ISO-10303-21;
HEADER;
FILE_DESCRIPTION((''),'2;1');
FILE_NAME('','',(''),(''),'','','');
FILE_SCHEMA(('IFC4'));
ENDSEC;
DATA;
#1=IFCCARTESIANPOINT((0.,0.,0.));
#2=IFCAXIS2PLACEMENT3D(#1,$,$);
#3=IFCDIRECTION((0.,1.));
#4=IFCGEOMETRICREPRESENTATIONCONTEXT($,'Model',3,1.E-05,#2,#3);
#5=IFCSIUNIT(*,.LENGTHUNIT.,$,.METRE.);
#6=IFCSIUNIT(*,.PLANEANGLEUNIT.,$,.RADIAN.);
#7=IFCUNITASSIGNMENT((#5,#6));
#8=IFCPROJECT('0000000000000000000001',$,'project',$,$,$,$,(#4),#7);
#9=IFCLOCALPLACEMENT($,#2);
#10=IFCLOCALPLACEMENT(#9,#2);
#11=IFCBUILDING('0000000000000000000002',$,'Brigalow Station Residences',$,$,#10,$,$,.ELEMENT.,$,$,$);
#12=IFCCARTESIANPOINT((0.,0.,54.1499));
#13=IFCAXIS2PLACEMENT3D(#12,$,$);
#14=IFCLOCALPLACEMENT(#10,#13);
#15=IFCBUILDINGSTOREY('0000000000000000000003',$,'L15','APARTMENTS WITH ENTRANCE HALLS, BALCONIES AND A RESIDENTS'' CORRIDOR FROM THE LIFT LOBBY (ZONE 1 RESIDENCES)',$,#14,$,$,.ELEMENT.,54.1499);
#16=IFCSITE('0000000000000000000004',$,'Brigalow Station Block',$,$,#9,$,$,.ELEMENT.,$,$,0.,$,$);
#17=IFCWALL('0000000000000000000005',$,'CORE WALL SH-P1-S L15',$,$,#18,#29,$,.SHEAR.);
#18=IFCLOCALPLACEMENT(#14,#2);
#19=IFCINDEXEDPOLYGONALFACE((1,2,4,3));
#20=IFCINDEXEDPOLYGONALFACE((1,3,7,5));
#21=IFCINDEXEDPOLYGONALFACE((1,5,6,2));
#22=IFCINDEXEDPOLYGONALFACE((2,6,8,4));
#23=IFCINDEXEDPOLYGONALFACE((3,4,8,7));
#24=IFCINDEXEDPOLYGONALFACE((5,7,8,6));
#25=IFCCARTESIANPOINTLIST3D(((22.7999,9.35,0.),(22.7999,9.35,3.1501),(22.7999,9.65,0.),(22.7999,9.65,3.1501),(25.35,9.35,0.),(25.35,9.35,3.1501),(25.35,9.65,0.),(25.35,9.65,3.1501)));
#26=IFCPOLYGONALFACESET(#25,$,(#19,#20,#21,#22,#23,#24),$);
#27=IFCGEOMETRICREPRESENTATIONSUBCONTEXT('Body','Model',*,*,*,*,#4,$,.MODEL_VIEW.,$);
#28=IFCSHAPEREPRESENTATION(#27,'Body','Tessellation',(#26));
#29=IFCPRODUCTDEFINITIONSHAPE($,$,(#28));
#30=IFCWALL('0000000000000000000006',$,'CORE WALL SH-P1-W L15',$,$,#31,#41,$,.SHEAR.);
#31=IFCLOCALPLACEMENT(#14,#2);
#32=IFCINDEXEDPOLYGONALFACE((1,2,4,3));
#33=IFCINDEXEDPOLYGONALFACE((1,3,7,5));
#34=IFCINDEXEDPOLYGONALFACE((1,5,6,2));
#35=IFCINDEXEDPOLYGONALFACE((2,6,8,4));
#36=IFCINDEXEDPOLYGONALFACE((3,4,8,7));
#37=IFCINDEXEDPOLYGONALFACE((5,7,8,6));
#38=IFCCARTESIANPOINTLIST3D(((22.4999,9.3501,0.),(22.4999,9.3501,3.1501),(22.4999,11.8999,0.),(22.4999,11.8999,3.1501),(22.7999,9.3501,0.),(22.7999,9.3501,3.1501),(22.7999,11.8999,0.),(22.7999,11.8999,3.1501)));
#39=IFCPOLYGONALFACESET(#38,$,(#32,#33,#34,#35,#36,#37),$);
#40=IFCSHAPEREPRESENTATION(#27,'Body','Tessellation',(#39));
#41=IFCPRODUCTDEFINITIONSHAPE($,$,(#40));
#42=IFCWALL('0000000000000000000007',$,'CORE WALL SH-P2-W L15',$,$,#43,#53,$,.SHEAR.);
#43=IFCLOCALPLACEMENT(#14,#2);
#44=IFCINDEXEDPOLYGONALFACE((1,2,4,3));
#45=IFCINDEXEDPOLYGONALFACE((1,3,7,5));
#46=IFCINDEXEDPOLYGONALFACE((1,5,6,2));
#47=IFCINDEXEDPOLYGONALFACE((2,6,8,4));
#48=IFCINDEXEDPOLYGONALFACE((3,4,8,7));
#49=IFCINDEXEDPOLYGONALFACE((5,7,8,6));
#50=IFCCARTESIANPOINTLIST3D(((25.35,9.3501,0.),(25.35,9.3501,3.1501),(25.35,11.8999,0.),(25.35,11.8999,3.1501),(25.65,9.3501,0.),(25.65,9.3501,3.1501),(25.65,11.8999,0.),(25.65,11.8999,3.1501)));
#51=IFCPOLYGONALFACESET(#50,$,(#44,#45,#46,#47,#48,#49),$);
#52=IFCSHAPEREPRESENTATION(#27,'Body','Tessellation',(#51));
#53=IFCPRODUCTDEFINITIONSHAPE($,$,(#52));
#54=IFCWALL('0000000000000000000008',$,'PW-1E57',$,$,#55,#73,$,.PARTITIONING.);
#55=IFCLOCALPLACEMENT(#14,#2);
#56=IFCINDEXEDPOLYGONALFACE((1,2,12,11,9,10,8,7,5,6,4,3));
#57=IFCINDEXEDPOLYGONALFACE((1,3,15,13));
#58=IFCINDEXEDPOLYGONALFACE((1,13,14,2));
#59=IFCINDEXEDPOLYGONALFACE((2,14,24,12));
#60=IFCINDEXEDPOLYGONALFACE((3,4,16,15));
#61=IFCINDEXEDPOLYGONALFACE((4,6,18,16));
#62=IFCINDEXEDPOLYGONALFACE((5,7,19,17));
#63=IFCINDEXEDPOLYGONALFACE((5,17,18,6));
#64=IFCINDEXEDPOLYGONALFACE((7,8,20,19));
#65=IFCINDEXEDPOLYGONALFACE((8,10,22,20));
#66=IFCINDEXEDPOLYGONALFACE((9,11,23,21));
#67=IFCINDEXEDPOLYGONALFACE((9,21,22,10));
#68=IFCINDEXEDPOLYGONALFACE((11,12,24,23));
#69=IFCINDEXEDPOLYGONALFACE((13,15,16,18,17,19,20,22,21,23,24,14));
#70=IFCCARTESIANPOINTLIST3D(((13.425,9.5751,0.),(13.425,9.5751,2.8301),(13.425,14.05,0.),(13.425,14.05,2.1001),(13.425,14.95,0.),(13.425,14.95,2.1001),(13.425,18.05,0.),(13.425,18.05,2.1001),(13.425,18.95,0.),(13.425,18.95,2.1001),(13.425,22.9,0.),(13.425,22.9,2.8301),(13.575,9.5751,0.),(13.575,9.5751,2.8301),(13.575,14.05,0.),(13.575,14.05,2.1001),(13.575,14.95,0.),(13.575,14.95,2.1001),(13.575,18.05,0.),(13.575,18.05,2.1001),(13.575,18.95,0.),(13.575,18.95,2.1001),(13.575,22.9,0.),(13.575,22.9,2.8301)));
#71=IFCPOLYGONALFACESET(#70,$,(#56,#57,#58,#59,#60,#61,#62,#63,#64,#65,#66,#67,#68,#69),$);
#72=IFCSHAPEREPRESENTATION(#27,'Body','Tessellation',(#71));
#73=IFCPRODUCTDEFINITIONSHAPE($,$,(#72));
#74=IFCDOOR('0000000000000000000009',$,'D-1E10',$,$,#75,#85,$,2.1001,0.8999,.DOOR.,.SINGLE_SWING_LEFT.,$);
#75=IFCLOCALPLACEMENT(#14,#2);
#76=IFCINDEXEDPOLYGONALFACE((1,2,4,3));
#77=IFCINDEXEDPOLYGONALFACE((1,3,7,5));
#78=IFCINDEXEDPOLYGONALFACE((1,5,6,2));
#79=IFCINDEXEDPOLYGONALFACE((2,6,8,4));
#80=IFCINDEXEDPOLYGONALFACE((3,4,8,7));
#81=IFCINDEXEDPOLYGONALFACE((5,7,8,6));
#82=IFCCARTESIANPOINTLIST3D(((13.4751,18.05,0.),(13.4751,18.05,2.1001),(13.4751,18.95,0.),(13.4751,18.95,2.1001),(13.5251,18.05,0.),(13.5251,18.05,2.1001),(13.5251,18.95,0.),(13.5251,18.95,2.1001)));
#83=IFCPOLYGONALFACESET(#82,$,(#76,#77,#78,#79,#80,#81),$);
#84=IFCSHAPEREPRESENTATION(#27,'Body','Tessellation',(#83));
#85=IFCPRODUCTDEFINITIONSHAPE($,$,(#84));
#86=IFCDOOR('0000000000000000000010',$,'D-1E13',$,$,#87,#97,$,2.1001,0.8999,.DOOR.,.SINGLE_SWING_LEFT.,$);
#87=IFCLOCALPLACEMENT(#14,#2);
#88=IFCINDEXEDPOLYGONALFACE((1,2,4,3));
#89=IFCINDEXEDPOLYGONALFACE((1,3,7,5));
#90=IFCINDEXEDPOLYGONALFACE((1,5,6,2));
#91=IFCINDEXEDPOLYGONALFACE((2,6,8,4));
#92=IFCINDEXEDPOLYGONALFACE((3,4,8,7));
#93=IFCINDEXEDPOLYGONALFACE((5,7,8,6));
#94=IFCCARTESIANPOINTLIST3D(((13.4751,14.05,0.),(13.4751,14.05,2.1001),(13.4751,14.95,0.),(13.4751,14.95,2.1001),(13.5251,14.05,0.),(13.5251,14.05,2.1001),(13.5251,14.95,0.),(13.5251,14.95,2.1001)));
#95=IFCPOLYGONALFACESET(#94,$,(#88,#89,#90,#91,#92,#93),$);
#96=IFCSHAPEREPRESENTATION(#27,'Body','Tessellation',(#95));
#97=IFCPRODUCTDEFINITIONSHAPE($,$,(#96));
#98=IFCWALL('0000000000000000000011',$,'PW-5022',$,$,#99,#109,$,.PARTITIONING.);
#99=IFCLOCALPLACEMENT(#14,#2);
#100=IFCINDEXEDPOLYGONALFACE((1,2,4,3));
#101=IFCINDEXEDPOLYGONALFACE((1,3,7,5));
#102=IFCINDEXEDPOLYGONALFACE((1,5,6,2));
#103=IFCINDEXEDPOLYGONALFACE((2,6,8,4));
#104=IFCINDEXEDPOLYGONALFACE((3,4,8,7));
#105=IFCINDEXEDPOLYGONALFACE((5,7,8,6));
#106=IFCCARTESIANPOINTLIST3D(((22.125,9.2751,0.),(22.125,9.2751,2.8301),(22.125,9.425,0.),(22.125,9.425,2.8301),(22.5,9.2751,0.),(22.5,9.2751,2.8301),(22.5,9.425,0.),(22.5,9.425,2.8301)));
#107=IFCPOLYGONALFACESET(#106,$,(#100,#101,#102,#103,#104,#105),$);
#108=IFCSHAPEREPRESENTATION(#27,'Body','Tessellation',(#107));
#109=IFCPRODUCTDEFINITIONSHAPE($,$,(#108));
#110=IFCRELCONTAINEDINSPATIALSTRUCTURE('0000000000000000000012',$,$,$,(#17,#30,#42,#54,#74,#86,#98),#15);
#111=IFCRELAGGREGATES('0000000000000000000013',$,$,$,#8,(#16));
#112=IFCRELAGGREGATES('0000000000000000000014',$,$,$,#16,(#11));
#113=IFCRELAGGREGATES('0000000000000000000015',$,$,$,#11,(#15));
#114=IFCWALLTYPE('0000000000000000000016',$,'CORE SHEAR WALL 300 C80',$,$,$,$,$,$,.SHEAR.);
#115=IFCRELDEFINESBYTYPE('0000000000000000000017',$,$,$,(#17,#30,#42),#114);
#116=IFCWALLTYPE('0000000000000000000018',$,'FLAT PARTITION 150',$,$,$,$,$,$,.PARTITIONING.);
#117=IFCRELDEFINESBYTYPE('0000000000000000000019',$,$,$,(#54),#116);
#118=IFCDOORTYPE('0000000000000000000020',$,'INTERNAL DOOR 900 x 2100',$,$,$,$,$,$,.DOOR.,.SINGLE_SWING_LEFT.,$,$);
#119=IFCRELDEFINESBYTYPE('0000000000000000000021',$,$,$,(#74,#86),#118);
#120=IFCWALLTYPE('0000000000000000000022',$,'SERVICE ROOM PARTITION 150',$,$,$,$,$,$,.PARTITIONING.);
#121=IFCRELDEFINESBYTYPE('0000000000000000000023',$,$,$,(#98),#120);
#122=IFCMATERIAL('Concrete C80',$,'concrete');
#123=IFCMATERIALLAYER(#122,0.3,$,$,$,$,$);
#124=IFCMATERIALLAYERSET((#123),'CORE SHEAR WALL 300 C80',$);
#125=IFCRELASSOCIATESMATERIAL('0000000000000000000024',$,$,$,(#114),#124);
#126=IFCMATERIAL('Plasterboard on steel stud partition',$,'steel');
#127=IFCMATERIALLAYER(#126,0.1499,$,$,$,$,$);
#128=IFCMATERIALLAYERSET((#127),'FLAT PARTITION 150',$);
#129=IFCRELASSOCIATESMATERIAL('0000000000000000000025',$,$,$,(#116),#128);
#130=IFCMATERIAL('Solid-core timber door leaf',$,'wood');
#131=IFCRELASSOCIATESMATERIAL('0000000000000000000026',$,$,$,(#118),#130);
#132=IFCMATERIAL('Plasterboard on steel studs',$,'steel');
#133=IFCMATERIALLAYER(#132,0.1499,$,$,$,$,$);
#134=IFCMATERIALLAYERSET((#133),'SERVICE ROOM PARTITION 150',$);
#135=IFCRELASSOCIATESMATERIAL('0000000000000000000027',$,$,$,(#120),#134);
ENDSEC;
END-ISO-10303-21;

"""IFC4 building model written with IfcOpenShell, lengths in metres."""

from ifc_helpers import new_model, si_unit, direction, frame, frame_2d, origin, place, context, subcontext, project, spatial, rectangle, extrude, material, layer, layer_set, type_object, element, fill, save


model = new_model("IFC4")

# Units and contexts
model_context = context("Model", 3, precision=1e-05, world=origin(), true_north=direction((0.0, 1.0)))
body_context = subcontext(model_context, "Body", "Model", "MODEL_VIEW")
ifc_project = project(units=[si_unit("LENGTHUNIT", "METRE"), si_unit("PLANEANGLEUNIT", "RADIAN")], contexts=[model_context])

# Site, building, storey
site_placement = place(None, origin())
site = spatial("IfcSite", under=ifc_project, at=site_placement, Name="Brigalow Station Block", CompositionType="ELEMENT", RefElevation=0.0)
building_placement = place(site_placement, origin())
building = spatial("IfcBuilding", under=site, at=building_placement, Name="Brigalow Station Residences", CompositionType="ELEMENT")
storey_placement = place(building_placement, frame((0.0, 0.0, 54.1499)))
storey = spatial("IfcBuildingStorey", under=building, at=storey_placement, Name="L15", Description="APARTMENTS WITH ENTRANCE HALLS, BALCONIES AND A RESIDENTS' CORRIDOR FROM THE LIFT LOBBY (ZONE 1 RESIDENCES)", CompositionType="ELEMENT", Elevation=54.1499)

# Walls
ifc_material_1 = material(Name="Concrete C80", Category="concrete")
ifc_layer_1 = layer(ifc_material_1, 0.3)
ifc_layer_set_1 = layer_set([ifc_layer_1], Name="CORE SHEAR WALL 300 C80")
wall_type_1 = type_object("IfcWallType", Name="CORE SHEAR WALL 300 C80", PredefinedType="SHEAR", material=ifc_layer_set_1)
wall_1_placement = place(storey_placement, frame((22.8, 9.5, 0.0), z_axis=(0.0, 0.0, 1.0), x_axis=(1.0, 0.0, 0.0)))
element("IfcWall", 1, at=wall_1_placement, inside=storey, type_object=wall_type_1, Name="CORE WALL SH-P1-S L15", PredefinedType="SHEAR", context=body_context, shape_type="SweptSolid", body=[
    extrude(rectangle(XDim=2.55, YDim=0.3, at=frame_2d((1.2749, 0.0))), origin(), (0.0, 0.0, 1.0), 3.1501),
])
for number, where, z_axis, x_axis, name in (
    (2, (22.6499, 9.3501, 0.0), (0.0, 0.0, 1.0), (0.0, 1.0, 0.0), "CORE WALL SH-P1-W L15"),
    (3, (25.5, 9.3501, 0.0), (0.0, 0.0, 1.0), (0.0, 1.0, 0.0), "CORE WALL SH-P2-W L15"),
):
    element("IfcWall", number, at=place(storey_placement, frame(where, z_axis=z_axis, x_axis=x_axis)), inside=storey, type_object=wall_type_1, Name=name, PredefinedType="SHEAR", context=body_context, shape_type="SweptSolid", body=[
        extrude(rectangle(XDim=2.5498, YDim=0.3, at=frame_2d((1.2749, 0.0))), origin(), (0.0, 0.0, 1.0), 3.1501),
    ])

# Wall, openings, doors
ifc_material_2 = material(Name="Plasterboard on steel stud partition", Category="steel")
ifc_layer_2 = layer(ifc_material_2, 0.1499)
ifc_layer_set_2 = layer_set([ifc_layer_2], Name="FLAT PARTITION 150")
wall_type_2 = type_object("IfcWallType", Name="FLAT PARTITION 150", PredefinedType="PARTITIONING", material=ifc_layer_set_2)
wall_2_placement = place(storey_placement, frame((13.5, 9.575, 0.0), z_axis=(0.0, 0.0, 1.0), x_axis=(0.0, 1.0, 0.0)))
wall_2 = element("IfcWall", 4, at=wall_2_placement, inside=storey, type_object=wall_type_2, Name="PW-1E57", PredefinedType="PARTITIONING", context=body_context, shape_type="SweptSolid", body=[
    extrude(rectangle(XDim=13.325, YDim=0.1499, at=frame_2d((6.6626, 0.0))), origin(), (0.0, 0.0, 1.0), 2.8301),
])
opening_1_placement = place(wall_2_placement, frame((8.4751, 0.0, 0.0)))
opening_1 = element("IfcOpeningElement", 5, at=opening_1_placement, cuts=wall_2, PredefinedType="OPENING", context=body_context, shape_type="SweptSolid", body=[
    extrude(rectangle(XDim=0.8999, YDim=2.1001, at=frame_2d((0.45, 1.05))), frame((0.0, 0.085, 0.0), z_axis=(0.0, -1.0, 0.0), x_axis=(1.0, 0.0, 0.0)), (0.0, 0.0, 1.0), 0.1699),
])
opening_2_placement = place(wall_2_placement, frame((4.4751, 0.0, 0.0)))
opening_2 = element("IfcOpeningElement", 6, at=opening_2_placement, cuts=wall_2, PredefinedType="OPENING", context=body_context, shape_type="SweptSolid", body=[
    extrude(rectangle(XDim=0.8999, YDim=2.1001, at=frame_2d((0.45, 1.05))), frame((0.0, 0.085, 0.0), z_axis=(0.0, -1.0, 0.0), x_axis=(1.0, 0.0, 0.0)), (0.0, 0.0, 1.0), 0.1699),
])
ifc_material_3 = material(Name="Solid-core timber door leaf", Category="wood")
door_type_1 = type_object("IfcDoorType", Name="INTERNAL DOOR 900 x 2100", OperationType="SINGLE_SWING_LEFT", PredefinedType="DOOR", material=ifc_material_3)
door_1_placement = place(opening_1_placement, origin())
door_1 = element("IfcDoor", 7, at=door_1_placement, inside=storey, type_object=door_type_1, Name="D-1E10", OperationType="SINGLE_SWING_LEFT", OverallHeight=2.1001, OverallWidth=0.8999, PredefinedType="DOOR", context=body_context, shape_type="SweptSolid", body=[
    extrude(rectangle(XDim=0.8999, YDim=2.1001, at=frame_2d((0.45, 1.05))), frame((0.0, 0.0249, 0.0), z_axis=(0.0, -1.0, 0.0), x_axis=(1.0, 0.0, 0.0)), (0.0, 0.0, 1.0), 0.05),
])
fill(opening_1, door_1)
door_2_placement = place(opening_2_placement, origin())
door_2 = element("IfcDoor", 8, at=door_2_placement, inside=storey, type_object=door_type_1, Name="D-1E13", OperationType="SINGLE_SWING_LEFT", OverallHeight=2.1001, OverallWidth=0.8999, PredefinedType="DOOR", context=body_context, shape_type="SweptSolid", body=[
    extrude(rectangle(XDim=0.8999, YDim=2.1001, at=frame_2d((0.45, 1.05))), frame((0.0, 0.0249, 0.0), z_axis=(0.0, -1.0, 0.0), x_axis=(1.0, 0.0, 0.0)), (0.0, 0.0, 1.0), 0.05),
])
fill(opening_2, door_2)

# Wall
ifc_material_4 = material(Name="Plasterboard on steel studs", Category="steel")
ifc_layer_3 = layer(ifc_material_4, 0.1499)
ifc_layer_set_3 = layer_set([ifc_layer_3], Name="SERVICE ROOM PARTITION 150")
wall_type_3 = type_object("IfcWallType", Name="SERVICE ROOM PARTITION 150", PredefinedType="PARTITIONING", material=ifc_layer_set_3)
wall_3_placement = place(storey_placement, frame((22.125, 9.3501, 0.0), z_axis=(0.0, 0.0, 1.0), x_axis=(1.0, 0.0, 0.0)))
element("IfcWall", 9, at=wall_3_placement, inside=storey, type_object=wall_type_3, Name="PW-5022", PredefinedType="PARTITIONING", context=body_context, shape_type="SweptSolid", body=[
    extrude(rectangle(XDim=0.375, YDim=0.1499, at=frame_2d((0.1875, 0.0))), origin(), (0.0, 0.0, 1.0), 2.8301),
])

save(model, "model.ifc")
